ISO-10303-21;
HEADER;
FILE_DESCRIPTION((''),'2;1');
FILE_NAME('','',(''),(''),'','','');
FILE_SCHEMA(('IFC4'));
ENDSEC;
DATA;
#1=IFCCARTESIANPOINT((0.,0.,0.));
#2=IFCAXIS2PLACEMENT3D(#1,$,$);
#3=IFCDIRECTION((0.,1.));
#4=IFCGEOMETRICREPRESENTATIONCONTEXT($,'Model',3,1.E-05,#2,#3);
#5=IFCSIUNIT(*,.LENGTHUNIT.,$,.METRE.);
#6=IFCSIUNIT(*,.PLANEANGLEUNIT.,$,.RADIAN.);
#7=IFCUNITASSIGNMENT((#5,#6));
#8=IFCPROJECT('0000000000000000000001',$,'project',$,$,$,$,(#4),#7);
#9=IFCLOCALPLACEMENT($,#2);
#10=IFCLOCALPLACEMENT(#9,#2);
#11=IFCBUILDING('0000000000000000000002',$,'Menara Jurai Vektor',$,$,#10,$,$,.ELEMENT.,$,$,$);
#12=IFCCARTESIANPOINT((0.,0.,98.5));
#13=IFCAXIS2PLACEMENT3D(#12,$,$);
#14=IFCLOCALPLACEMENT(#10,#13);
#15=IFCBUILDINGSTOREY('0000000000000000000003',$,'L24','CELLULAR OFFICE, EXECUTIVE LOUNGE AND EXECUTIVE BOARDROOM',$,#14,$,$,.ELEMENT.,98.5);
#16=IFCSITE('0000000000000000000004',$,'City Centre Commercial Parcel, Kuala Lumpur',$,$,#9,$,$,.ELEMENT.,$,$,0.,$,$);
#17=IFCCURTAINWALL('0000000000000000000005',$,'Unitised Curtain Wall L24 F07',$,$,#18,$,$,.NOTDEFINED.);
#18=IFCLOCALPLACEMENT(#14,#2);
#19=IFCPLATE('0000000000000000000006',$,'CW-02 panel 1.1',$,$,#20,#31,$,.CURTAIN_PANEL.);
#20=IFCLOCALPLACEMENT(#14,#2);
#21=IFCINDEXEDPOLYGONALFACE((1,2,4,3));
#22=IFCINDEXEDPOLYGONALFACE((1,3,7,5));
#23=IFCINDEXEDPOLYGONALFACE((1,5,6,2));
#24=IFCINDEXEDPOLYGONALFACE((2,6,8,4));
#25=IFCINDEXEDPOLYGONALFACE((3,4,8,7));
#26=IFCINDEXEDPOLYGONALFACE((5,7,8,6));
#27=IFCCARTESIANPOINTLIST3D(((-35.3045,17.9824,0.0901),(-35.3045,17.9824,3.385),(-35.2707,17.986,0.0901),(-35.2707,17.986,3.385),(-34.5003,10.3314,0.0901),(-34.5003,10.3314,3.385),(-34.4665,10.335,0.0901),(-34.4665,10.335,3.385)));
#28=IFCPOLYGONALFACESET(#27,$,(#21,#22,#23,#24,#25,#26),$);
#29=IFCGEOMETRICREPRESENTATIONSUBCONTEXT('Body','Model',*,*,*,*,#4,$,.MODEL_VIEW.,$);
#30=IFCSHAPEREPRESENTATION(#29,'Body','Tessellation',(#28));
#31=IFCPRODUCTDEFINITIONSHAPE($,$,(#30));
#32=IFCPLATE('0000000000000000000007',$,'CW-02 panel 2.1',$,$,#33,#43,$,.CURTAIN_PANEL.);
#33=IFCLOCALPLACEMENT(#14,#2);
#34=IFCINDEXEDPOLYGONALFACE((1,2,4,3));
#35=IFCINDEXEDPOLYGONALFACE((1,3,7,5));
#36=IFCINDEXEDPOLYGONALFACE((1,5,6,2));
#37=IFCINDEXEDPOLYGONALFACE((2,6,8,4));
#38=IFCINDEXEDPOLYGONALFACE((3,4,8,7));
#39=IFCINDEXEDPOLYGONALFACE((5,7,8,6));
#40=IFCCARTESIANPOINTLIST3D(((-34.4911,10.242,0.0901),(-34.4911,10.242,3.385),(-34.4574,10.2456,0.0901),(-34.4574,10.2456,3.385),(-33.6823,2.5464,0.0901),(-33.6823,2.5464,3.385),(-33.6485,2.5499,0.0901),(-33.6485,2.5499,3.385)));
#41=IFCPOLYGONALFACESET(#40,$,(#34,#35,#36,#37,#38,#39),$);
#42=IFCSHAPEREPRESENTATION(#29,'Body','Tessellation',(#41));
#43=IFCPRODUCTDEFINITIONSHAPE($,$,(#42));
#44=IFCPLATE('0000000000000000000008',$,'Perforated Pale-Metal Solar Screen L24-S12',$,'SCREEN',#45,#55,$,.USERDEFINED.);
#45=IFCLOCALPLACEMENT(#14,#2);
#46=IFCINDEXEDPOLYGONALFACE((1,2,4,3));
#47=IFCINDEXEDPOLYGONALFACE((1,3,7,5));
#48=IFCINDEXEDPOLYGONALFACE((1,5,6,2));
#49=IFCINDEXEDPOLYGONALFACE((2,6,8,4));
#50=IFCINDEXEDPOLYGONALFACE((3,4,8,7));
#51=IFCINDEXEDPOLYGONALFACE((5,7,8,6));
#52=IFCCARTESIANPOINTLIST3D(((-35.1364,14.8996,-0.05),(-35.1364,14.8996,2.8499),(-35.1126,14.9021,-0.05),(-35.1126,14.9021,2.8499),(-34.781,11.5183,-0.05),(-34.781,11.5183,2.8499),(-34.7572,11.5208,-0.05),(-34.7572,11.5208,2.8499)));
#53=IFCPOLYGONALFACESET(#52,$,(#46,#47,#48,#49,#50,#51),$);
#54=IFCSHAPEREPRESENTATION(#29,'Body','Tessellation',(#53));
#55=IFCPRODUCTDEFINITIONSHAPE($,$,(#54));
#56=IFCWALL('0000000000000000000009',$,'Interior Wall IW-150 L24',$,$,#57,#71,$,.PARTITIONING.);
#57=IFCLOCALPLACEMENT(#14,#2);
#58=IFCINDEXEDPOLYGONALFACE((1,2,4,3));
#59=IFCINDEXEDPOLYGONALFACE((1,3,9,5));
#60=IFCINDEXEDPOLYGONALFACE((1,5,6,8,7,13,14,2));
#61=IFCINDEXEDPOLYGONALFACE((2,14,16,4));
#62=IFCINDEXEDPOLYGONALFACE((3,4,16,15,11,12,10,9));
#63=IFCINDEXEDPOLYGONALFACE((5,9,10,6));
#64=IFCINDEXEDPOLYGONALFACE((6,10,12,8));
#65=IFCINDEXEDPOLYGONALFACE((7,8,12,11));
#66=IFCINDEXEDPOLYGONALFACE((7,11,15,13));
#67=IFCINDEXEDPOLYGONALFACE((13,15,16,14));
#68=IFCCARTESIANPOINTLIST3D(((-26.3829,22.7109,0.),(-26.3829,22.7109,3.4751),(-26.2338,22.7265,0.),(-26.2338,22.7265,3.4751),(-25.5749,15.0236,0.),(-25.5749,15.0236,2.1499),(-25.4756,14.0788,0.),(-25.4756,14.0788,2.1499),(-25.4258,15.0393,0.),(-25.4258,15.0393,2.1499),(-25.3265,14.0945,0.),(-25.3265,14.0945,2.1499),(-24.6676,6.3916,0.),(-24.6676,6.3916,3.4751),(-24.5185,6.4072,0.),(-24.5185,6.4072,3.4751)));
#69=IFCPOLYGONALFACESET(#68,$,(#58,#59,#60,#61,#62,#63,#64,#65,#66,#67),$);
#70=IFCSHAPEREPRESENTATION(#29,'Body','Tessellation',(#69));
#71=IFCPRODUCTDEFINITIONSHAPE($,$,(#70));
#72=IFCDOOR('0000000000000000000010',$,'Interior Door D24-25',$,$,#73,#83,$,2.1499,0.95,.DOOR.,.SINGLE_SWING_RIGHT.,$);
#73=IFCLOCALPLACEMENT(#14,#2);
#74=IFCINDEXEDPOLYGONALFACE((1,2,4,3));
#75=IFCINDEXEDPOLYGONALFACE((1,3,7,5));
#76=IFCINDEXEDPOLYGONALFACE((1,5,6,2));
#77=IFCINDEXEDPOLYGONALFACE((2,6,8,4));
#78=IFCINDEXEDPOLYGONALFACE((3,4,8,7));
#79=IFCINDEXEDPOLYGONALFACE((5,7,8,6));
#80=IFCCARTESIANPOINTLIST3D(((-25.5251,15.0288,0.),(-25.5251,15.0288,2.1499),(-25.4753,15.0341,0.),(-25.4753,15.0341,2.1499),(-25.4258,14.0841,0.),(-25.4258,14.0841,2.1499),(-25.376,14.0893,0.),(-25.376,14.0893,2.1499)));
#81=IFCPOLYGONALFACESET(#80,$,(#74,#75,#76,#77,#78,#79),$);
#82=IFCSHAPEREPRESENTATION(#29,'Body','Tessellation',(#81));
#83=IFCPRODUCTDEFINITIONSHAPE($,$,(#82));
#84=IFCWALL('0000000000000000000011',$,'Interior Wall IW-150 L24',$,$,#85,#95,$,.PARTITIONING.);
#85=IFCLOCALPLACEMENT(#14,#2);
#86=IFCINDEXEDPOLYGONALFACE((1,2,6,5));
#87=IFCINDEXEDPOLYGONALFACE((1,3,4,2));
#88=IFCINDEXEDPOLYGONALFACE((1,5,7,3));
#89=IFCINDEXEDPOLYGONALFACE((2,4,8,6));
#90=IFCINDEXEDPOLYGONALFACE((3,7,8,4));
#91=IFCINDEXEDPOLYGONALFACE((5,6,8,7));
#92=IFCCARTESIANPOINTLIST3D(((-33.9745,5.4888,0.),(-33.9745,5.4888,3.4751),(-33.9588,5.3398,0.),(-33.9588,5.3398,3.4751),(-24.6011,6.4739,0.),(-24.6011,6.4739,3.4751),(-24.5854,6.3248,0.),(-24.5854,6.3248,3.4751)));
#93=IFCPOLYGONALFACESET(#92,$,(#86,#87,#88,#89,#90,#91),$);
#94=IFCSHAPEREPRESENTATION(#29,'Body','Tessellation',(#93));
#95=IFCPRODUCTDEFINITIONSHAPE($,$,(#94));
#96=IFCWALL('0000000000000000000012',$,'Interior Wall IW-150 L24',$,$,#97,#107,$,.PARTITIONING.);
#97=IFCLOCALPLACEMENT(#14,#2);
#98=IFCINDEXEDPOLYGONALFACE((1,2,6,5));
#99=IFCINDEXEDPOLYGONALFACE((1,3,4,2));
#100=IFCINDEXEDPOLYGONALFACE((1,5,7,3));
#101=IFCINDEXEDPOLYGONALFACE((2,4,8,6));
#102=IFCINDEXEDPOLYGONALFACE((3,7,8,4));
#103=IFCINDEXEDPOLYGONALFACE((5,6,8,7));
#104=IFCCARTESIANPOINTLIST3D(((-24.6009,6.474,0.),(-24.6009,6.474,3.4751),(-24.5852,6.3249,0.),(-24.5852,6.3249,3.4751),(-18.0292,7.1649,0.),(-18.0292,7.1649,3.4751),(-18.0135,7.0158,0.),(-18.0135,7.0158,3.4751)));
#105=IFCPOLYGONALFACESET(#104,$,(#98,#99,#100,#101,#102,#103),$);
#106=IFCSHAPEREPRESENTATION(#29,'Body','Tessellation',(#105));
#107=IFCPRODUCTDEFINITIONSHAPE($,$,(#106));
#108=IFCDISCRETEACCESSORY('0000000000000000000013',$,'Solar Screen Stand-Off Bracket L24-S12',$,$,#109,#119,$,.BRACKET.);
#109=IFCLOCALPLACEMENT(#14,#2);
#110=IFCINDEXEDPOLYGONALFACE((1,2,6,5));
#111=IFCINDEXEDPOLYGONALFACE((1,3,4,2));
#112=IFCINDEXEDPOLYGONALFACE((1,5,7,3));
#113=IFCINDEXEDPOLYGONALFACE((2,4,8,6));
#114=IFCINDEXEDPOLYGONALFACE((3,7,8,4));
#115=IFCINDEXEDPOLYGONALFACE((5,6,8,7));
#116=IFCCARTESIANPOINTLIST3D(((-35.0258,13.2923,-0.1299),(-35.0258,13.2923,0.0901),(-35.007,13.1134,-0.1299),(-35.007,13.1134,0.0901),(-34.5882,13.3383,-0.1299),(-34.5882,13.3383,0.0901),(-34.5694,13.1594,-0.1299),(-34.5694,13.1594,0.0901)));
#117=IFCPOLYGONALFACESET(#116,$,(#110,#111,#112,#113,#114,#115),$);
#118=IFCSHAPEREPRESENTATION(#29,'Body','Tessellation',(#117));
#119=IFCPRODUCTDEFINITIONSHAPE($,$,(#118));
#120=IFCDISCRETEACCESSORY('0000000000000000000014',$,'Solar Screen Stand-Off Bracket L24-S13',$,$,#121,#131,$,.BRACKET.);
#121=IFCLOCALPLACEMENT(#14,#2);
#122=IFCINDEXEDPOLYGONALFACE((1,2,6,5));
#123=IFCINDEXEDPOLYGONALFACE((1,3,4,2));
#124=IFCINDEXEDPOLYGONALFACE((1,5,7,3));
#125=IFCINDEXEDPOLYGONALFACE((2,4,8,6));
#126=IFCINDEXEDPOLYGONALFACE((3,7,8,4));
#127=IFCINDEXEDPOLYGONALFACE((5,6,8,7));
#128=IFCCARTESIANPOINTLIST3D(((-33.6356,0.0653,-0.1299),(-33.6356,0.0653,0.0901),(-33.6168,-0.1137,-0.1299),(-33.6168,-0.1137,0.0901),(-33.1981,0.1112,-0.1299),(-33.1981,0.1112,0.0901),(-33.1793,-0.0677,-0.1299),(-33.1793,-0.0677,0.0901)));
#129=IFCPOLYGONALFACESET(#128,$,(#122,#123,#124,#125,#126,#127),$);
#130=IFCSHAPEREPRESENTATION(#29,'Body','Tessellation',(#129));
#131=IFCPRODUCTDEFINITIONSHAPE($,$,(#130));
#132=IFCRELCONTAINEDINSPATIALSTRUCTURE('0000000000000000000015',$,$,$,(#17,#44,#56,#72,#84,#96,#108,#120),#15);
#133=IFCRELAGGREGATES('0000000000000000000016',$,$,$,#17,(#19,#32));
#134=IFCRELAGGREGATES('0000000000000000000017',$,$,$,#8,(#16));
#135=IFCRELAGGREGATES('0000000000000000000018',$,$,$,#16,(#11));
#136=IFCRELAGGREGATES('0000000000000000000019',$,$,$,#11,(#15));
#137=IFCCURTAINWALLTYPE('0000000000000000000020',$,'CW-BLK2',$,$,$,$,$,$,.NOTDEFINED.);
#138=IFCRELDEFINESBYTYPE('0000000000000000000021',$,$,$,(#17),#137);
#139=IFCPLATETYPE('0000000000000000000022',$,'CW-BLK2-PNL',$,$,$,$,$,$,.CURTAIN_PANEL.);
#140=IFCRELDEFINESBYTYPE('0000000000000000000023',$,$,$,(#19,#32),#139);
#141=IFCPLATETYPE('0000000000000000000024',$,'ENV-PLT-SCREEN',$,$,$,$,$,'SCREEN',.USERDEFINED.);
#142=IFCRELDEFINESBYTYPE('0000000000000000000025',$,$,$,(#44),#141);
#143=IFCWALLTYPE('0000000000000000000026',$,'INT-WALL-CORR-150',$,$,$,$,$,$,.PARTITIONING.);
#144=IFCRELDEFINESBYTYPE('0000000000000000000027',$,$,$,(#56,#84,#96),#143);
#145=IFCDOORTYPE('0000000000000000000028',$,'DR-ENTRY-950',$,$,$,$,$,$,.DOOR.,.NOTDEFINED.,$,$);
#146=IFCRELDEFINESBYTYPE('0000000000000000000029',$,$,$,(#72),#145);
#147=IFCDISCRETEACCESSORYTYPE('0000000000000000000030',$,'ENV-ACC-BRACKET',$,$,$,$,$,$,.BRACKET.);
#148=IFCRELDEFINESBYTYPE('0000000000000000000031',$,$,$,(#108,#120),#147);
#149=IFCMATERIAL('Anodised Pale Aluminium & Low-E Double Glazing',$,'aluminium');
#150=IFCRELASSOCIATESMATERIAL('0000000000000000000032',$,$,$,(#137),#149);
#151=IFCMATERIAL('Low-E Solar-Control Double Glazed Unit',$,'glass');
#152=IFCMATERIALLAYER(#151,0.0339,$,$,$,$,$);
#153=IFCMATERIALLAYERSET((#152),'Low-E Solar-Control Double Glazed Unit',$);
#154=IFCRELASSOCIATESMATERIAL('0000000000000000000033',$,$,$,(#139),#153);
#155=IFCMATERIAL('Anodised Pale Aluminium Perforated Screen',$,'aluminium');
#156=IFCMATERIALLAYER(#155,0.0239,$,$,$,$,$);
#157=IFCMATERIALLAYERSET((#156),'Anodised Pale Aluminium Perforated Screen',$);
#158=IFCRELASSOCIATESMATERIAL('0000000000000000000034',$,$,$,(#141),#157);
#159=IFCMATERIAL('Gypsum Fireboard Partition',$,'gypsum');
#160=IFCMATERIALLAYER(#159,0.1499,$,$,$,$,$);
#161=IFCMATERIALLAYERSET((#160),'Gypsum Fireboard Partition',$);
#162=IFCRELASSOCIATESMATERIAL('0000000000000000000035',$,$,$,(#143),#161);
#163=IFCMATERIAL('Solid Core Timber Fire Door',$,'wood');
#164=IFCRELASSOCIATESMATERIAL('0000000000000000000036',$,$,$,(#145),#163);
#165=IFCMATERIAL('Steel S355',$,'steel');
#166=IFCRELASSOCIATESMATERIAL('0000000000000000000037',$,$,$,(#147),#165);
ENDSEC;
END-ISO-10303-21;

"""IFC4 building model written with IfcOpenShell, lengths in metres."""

from ifc_helpers import new_model, si_unit, direction, frame, frame_2d, origin, origin_2d, place, context, subcontext, project, spatial, rectangle, extrude, material, layer, layer_set, type_object, element, fill, aggregate, save


model = new_model("IFC4")

# Units and contexts
model_context = context("Model", 3, precision=1e-05, world=origin(), true_north=direction((0.0, 1.0)))
body_context = subcontext(model_context, "Body", "Model", "MODEL_VIEW")
ifc_project = project(units=[si_unit("LENGTHUNIT", "METRE"), si_unit("PLANEANGLEUNIT", "RADIAN")], contexts=[model_context])

# Site, building, storey
site_placement = place(None, origin())
site = spatial("IfcSite", under=ifc_project, at=site_placement, Name="City Centre Commercial Parcel, Kuala Lumpur", CompositionType="ELEMENT", RefElevation=0.0)
building_placement = place(site_placement, origin())
building = spatial("IfcBuilding", under=site, at=building_placement, Name="Menara Jurai Vektor", CompositionType="ELEMENT")
storey_placement = place(building_placement, frame((0.0, 0.0, 98.5)))
storey = spatial("IfcBuildingStorey", under=building, at=storey_placement, Name="L24", Description="CELLULAR OFFICE, EXECUTIVE LOUNGE AND EXECUTIVE BOARDROOM", CompositionType="ELEMENT", Elevation=98.5)

# Curtain wall
ifc_material_1 = material(Name="Anodised Pale Aluminium & Low-E Double Glazing", Category="aluminium")
curtain_wall_type = type_object("IfcCurtainWallType", Name="CW-BLK2", PredefinedType="NOTDEFINED", material=ifc_material_1)
curtain_wall_placement = place(storey_placement, origin())
curtain_wall = element("IfcCurtainWall", 1, at=curtain_wall_placement, inside=storey, type_object=curtain_wall_type, Name="Unitised Curtain Wall L24 F07", PredefinedType="NOTDEFINED")

# Shared definitions
ifc_material_2 = material(Name="Steel S355", Category="steel")

# Plates
ifc_material_3 = material(Name="Low-E Solar-Control Double Glazed Unit", Category="glass")
ifc_layer_1 = layer(ifc_material_3, 0.0339)
ifc_layer_set_1 = layer_set([ifc_layer_1], Name="Low-E Solar-Control Double Glazed Unit")
plate_type_1 = type_object("IfcPlateType", Name="CW-BLK2-PNL", PredefinedType="CURTAIN_PANEL", material=ifc_layer_set_1)
plate_1_placement = place(storey_placement, frame((-34.8855, 14.1587, 0.0901), z_axis=(0.0, 0.0, 1.0), x_axis=(0.10453, -0.994522, 0.0)))
plate_1 = element("IfcPlate", 2, at=plate_1_placement, type_object=plate_type_1, Name="CW-02 panel 1.1", PredefinedType="CURTAIN_PANEL", context=body_context, shape_type="SweptSolid", body=[
    extrude(rectangle(XDim=7.6931, YDim=0.0339, at=origin_2d()), origin(), (0.0, 0.0, 1.0), 3.2949),
])
plate_2_placement = place(storey_placement, frame((-34.0698, 6.396, 0.0901), z_axis=(0.0, 0.0, 1.0), x_axis=(0.10453, -0.994522, 0.0)))
plate_2 = element("IfcPlate", 3, at=plate_2_placement, type_object=plate_type_1, Name="CW-02 panel 2.1", PredefinedType="CURTAIN_PANEL", context=body_context, shape_type="SweptSolid", body=[
    extrude(rectangle(XDim=7.738, YDim=0.0339, at=origin_2d()), origin(), (0.0, 0.0, 1.0), 3.2949),
])
aggregate(curtain_wall, [plate_1, plate_2])
ifc_material_4 = material(Name="Anodised Pale Aluminium Perforated Screen", Category="aluminium")
ifc_layer_2 = layer(ifc_material_4, 0.0239)
ifc_layer_set_2 = layer_set([ifc_layer_2], Name="Anodised Pale Aluminium Perforated Screen")
plate_type_2 = type_object("IfcPlateType", Name="ENV-PLT-SCREEN", ElementType="SCREEN", PredefinedType="USERDEFINED", material=ifc_layer_set_2)
plate_3_placement = place(storey_placement, frame((-34.9468, 13.2102, -0.05), z_axis=(0.0, 0.0, 1.0), x_axis=(0.104528, -0.994522, 0.0)))
element("IfcPlate", 4, at=plate_3_placement, inside=storey, type_object=plate_type_2, Name="Perforated Pale-Metal Solar Screen L24-S12", ObjectType="SCREEN", PredefinedType="USERDEFINED", context=body_context, shape_type="SweptSolid", body=[
    extrude(rectangle(XDim=3.3999, YDim=0.0239, at=origin_2d()), origin(), (0.0, 0.0, 1.0), 2.8999),
])

# Wall, opening, door
ifc_material_5 = material(Name="Gypsum Fireboard Partition", Category="gypsum")
ifc_layer_3 = layer(ifc_material_5, 0.1499)
ifc_layer_set_3 = layer_set([ifc_layer_3], Name="Gypsum Fireboard Partition")
wall_type = type_object("IfcWallType", Name="INT-WALL-CORR-150", PredefinedType="PARTITIONING", material=ifc_layer_set_3)
wall_1_placement = place(storey_placement, frame((-24.593, 6.3994, 0.0), z_axis=(0.0, 0.0, 1.0), x_axis=(-0.104535, 0.994521, 0.0)))
wall_1 = element("IfcWall", 5, at=wall_1_placement, inside=storey, type_object=wall_type, Name="Interior Wall IW-150 L24", PredefinedType="PARTITIONING", context=body_context, shape_type="SweptSolid", body=[
    extrude(rectangle(XDim=16.4092, YDim=0.1499, at=frame_2d((8.2046, 0.0))), origin(), (0.0, 0.0, 1.0), 3.4751),
])
opening_placement = place(wall_1_placement, frame((7.7295, 0.0, 0.0)))
opening = element("IfcOpeningElement", 6, at=opening_placement, cuts=wall_1, PredefinedType="OPENING", context=body_context, shape_type="SweptSolid", body=[
    extrude(rectangle(XDim=0.95, YDim=2.1499, at=frame_2d((0.4751, 1.075))), frame((0.0, 0.085, 0.0), z_axis=(0.0, -1.0, 0.0), x_axis=(1.0, 0.0, 0.0)), (0.0, 0.0, 1.0), 0.1699),
])
ifc_material_6 = material(Name="Solid Core Timber Fire Door", Category="wood")
door_type = type_object("IfcDoorType", Name="DR-ENTRY-950", OperationType="NOTDEFINED", PredefinedType="DOOR", material=ifc_material_6)
door_placement = place(opening_placement, origin())
door = element("IfcDoor", 7, at=door_placement, inside=storey, type_object=door_type, Name="Interior Door D24-25", OperationType="SINGLE_SWING_RIGHT", OverallHeight=2.1499, OverallWidth=0.95, PredefinedType="DOOR", context=body_context, shape_type="SweptSolid", body=[
    extrude(rectangle(XDim=0.95, YDim=2.1499, at=frame_2d((0.4751, 1.075))), frame((0.0, 0.0249, 0.0), z_axis=(0.0, -1.0, 0.0), x_axis=(1.0, 0.0, 0.0)), (0.0, 0.0, 1.0), 0.05),
])
fill(opening, door)

# Walls
wall_2_placement = place(storey_placement, frame((-33.9666, 5.4143, 0.0), z_axis=(0.0, 0.0, 1.0), x_axis=(0.994523, 0.104519, 0.0)))
element("IfcWall", 8, at=wall_2_placement, inside=storey, type_object=wall_type, Name="Interior Wall IW-150 L24", PredefinedType="PARTITIONING", context=body_context, shape_type="SweptSolid", body=[
    extrude(rectangle(XDim=9.425, YDim=0.1499, at=frame_2d((4.7124, 0.0))), origin(), (0.0, 0.0, 1.0), 3.4751),
])
wall_3_placement = place(storey_placement, frame((-24.593, 6.3994, 0.0), z_axis=(0.0, 0.0, 1.0), x_axis=(0.994519, 0.104558, 0.0)))
element("IfcWall", 9, at=wall_3_placement, inside=storey, type_object=wall_type, Name="Interior Wall IW-150 L24", PredefinedType="PARTITIONING", context=body_context, shape_type="SweptSolid", body=[
    extrude(rectangle(XDim=6.6079, YDim=0.1499, at=frame_2d((3.304, 0.0))), origin(), (0.0, 0.0, 1.0), 3.4751),
])

# Discrete accessories
discrete_accessory_type = type_object("IfcDiscreteAccessoryType", Name="ENV-ACC-BRACKET", PredefinedType="BRACKET", material=ifc_material_2)
for number, where, z_axis, x_axis, name in (
    (10, (-34.7976, 13.2258, -0.1299), (0.0, 0.0, 1.0), (0.104528, -0.994522, 0.0), "Solar Screen Stand-Off Bracket L24-S12"),
    (11, (-33.4075, -0.0012, -0.1299), (0.0, 0.0, 1.0), (0.104528, -0.994522, 0.0), "Solar Screen Stand-Off Bracket L24-S13"),
):
    element("IfcDiscreteAccessory", number, at=place(storey_placement, frame(where, z_axis=z_axis, x_axis=x_axis)), inside=storey, type_object=discrete_accessory_type, Name=name, PredefinedType="BRACKET", context=body_context, shape_type="SweptSolid", body=[
        extrude(rectangle(XDim=0.1799, YDim=0.4399, at=origin_2d()), origin(), (0.0, 0.0, 1.0), 0.22),
    ])

save(model, "model.ifc")
